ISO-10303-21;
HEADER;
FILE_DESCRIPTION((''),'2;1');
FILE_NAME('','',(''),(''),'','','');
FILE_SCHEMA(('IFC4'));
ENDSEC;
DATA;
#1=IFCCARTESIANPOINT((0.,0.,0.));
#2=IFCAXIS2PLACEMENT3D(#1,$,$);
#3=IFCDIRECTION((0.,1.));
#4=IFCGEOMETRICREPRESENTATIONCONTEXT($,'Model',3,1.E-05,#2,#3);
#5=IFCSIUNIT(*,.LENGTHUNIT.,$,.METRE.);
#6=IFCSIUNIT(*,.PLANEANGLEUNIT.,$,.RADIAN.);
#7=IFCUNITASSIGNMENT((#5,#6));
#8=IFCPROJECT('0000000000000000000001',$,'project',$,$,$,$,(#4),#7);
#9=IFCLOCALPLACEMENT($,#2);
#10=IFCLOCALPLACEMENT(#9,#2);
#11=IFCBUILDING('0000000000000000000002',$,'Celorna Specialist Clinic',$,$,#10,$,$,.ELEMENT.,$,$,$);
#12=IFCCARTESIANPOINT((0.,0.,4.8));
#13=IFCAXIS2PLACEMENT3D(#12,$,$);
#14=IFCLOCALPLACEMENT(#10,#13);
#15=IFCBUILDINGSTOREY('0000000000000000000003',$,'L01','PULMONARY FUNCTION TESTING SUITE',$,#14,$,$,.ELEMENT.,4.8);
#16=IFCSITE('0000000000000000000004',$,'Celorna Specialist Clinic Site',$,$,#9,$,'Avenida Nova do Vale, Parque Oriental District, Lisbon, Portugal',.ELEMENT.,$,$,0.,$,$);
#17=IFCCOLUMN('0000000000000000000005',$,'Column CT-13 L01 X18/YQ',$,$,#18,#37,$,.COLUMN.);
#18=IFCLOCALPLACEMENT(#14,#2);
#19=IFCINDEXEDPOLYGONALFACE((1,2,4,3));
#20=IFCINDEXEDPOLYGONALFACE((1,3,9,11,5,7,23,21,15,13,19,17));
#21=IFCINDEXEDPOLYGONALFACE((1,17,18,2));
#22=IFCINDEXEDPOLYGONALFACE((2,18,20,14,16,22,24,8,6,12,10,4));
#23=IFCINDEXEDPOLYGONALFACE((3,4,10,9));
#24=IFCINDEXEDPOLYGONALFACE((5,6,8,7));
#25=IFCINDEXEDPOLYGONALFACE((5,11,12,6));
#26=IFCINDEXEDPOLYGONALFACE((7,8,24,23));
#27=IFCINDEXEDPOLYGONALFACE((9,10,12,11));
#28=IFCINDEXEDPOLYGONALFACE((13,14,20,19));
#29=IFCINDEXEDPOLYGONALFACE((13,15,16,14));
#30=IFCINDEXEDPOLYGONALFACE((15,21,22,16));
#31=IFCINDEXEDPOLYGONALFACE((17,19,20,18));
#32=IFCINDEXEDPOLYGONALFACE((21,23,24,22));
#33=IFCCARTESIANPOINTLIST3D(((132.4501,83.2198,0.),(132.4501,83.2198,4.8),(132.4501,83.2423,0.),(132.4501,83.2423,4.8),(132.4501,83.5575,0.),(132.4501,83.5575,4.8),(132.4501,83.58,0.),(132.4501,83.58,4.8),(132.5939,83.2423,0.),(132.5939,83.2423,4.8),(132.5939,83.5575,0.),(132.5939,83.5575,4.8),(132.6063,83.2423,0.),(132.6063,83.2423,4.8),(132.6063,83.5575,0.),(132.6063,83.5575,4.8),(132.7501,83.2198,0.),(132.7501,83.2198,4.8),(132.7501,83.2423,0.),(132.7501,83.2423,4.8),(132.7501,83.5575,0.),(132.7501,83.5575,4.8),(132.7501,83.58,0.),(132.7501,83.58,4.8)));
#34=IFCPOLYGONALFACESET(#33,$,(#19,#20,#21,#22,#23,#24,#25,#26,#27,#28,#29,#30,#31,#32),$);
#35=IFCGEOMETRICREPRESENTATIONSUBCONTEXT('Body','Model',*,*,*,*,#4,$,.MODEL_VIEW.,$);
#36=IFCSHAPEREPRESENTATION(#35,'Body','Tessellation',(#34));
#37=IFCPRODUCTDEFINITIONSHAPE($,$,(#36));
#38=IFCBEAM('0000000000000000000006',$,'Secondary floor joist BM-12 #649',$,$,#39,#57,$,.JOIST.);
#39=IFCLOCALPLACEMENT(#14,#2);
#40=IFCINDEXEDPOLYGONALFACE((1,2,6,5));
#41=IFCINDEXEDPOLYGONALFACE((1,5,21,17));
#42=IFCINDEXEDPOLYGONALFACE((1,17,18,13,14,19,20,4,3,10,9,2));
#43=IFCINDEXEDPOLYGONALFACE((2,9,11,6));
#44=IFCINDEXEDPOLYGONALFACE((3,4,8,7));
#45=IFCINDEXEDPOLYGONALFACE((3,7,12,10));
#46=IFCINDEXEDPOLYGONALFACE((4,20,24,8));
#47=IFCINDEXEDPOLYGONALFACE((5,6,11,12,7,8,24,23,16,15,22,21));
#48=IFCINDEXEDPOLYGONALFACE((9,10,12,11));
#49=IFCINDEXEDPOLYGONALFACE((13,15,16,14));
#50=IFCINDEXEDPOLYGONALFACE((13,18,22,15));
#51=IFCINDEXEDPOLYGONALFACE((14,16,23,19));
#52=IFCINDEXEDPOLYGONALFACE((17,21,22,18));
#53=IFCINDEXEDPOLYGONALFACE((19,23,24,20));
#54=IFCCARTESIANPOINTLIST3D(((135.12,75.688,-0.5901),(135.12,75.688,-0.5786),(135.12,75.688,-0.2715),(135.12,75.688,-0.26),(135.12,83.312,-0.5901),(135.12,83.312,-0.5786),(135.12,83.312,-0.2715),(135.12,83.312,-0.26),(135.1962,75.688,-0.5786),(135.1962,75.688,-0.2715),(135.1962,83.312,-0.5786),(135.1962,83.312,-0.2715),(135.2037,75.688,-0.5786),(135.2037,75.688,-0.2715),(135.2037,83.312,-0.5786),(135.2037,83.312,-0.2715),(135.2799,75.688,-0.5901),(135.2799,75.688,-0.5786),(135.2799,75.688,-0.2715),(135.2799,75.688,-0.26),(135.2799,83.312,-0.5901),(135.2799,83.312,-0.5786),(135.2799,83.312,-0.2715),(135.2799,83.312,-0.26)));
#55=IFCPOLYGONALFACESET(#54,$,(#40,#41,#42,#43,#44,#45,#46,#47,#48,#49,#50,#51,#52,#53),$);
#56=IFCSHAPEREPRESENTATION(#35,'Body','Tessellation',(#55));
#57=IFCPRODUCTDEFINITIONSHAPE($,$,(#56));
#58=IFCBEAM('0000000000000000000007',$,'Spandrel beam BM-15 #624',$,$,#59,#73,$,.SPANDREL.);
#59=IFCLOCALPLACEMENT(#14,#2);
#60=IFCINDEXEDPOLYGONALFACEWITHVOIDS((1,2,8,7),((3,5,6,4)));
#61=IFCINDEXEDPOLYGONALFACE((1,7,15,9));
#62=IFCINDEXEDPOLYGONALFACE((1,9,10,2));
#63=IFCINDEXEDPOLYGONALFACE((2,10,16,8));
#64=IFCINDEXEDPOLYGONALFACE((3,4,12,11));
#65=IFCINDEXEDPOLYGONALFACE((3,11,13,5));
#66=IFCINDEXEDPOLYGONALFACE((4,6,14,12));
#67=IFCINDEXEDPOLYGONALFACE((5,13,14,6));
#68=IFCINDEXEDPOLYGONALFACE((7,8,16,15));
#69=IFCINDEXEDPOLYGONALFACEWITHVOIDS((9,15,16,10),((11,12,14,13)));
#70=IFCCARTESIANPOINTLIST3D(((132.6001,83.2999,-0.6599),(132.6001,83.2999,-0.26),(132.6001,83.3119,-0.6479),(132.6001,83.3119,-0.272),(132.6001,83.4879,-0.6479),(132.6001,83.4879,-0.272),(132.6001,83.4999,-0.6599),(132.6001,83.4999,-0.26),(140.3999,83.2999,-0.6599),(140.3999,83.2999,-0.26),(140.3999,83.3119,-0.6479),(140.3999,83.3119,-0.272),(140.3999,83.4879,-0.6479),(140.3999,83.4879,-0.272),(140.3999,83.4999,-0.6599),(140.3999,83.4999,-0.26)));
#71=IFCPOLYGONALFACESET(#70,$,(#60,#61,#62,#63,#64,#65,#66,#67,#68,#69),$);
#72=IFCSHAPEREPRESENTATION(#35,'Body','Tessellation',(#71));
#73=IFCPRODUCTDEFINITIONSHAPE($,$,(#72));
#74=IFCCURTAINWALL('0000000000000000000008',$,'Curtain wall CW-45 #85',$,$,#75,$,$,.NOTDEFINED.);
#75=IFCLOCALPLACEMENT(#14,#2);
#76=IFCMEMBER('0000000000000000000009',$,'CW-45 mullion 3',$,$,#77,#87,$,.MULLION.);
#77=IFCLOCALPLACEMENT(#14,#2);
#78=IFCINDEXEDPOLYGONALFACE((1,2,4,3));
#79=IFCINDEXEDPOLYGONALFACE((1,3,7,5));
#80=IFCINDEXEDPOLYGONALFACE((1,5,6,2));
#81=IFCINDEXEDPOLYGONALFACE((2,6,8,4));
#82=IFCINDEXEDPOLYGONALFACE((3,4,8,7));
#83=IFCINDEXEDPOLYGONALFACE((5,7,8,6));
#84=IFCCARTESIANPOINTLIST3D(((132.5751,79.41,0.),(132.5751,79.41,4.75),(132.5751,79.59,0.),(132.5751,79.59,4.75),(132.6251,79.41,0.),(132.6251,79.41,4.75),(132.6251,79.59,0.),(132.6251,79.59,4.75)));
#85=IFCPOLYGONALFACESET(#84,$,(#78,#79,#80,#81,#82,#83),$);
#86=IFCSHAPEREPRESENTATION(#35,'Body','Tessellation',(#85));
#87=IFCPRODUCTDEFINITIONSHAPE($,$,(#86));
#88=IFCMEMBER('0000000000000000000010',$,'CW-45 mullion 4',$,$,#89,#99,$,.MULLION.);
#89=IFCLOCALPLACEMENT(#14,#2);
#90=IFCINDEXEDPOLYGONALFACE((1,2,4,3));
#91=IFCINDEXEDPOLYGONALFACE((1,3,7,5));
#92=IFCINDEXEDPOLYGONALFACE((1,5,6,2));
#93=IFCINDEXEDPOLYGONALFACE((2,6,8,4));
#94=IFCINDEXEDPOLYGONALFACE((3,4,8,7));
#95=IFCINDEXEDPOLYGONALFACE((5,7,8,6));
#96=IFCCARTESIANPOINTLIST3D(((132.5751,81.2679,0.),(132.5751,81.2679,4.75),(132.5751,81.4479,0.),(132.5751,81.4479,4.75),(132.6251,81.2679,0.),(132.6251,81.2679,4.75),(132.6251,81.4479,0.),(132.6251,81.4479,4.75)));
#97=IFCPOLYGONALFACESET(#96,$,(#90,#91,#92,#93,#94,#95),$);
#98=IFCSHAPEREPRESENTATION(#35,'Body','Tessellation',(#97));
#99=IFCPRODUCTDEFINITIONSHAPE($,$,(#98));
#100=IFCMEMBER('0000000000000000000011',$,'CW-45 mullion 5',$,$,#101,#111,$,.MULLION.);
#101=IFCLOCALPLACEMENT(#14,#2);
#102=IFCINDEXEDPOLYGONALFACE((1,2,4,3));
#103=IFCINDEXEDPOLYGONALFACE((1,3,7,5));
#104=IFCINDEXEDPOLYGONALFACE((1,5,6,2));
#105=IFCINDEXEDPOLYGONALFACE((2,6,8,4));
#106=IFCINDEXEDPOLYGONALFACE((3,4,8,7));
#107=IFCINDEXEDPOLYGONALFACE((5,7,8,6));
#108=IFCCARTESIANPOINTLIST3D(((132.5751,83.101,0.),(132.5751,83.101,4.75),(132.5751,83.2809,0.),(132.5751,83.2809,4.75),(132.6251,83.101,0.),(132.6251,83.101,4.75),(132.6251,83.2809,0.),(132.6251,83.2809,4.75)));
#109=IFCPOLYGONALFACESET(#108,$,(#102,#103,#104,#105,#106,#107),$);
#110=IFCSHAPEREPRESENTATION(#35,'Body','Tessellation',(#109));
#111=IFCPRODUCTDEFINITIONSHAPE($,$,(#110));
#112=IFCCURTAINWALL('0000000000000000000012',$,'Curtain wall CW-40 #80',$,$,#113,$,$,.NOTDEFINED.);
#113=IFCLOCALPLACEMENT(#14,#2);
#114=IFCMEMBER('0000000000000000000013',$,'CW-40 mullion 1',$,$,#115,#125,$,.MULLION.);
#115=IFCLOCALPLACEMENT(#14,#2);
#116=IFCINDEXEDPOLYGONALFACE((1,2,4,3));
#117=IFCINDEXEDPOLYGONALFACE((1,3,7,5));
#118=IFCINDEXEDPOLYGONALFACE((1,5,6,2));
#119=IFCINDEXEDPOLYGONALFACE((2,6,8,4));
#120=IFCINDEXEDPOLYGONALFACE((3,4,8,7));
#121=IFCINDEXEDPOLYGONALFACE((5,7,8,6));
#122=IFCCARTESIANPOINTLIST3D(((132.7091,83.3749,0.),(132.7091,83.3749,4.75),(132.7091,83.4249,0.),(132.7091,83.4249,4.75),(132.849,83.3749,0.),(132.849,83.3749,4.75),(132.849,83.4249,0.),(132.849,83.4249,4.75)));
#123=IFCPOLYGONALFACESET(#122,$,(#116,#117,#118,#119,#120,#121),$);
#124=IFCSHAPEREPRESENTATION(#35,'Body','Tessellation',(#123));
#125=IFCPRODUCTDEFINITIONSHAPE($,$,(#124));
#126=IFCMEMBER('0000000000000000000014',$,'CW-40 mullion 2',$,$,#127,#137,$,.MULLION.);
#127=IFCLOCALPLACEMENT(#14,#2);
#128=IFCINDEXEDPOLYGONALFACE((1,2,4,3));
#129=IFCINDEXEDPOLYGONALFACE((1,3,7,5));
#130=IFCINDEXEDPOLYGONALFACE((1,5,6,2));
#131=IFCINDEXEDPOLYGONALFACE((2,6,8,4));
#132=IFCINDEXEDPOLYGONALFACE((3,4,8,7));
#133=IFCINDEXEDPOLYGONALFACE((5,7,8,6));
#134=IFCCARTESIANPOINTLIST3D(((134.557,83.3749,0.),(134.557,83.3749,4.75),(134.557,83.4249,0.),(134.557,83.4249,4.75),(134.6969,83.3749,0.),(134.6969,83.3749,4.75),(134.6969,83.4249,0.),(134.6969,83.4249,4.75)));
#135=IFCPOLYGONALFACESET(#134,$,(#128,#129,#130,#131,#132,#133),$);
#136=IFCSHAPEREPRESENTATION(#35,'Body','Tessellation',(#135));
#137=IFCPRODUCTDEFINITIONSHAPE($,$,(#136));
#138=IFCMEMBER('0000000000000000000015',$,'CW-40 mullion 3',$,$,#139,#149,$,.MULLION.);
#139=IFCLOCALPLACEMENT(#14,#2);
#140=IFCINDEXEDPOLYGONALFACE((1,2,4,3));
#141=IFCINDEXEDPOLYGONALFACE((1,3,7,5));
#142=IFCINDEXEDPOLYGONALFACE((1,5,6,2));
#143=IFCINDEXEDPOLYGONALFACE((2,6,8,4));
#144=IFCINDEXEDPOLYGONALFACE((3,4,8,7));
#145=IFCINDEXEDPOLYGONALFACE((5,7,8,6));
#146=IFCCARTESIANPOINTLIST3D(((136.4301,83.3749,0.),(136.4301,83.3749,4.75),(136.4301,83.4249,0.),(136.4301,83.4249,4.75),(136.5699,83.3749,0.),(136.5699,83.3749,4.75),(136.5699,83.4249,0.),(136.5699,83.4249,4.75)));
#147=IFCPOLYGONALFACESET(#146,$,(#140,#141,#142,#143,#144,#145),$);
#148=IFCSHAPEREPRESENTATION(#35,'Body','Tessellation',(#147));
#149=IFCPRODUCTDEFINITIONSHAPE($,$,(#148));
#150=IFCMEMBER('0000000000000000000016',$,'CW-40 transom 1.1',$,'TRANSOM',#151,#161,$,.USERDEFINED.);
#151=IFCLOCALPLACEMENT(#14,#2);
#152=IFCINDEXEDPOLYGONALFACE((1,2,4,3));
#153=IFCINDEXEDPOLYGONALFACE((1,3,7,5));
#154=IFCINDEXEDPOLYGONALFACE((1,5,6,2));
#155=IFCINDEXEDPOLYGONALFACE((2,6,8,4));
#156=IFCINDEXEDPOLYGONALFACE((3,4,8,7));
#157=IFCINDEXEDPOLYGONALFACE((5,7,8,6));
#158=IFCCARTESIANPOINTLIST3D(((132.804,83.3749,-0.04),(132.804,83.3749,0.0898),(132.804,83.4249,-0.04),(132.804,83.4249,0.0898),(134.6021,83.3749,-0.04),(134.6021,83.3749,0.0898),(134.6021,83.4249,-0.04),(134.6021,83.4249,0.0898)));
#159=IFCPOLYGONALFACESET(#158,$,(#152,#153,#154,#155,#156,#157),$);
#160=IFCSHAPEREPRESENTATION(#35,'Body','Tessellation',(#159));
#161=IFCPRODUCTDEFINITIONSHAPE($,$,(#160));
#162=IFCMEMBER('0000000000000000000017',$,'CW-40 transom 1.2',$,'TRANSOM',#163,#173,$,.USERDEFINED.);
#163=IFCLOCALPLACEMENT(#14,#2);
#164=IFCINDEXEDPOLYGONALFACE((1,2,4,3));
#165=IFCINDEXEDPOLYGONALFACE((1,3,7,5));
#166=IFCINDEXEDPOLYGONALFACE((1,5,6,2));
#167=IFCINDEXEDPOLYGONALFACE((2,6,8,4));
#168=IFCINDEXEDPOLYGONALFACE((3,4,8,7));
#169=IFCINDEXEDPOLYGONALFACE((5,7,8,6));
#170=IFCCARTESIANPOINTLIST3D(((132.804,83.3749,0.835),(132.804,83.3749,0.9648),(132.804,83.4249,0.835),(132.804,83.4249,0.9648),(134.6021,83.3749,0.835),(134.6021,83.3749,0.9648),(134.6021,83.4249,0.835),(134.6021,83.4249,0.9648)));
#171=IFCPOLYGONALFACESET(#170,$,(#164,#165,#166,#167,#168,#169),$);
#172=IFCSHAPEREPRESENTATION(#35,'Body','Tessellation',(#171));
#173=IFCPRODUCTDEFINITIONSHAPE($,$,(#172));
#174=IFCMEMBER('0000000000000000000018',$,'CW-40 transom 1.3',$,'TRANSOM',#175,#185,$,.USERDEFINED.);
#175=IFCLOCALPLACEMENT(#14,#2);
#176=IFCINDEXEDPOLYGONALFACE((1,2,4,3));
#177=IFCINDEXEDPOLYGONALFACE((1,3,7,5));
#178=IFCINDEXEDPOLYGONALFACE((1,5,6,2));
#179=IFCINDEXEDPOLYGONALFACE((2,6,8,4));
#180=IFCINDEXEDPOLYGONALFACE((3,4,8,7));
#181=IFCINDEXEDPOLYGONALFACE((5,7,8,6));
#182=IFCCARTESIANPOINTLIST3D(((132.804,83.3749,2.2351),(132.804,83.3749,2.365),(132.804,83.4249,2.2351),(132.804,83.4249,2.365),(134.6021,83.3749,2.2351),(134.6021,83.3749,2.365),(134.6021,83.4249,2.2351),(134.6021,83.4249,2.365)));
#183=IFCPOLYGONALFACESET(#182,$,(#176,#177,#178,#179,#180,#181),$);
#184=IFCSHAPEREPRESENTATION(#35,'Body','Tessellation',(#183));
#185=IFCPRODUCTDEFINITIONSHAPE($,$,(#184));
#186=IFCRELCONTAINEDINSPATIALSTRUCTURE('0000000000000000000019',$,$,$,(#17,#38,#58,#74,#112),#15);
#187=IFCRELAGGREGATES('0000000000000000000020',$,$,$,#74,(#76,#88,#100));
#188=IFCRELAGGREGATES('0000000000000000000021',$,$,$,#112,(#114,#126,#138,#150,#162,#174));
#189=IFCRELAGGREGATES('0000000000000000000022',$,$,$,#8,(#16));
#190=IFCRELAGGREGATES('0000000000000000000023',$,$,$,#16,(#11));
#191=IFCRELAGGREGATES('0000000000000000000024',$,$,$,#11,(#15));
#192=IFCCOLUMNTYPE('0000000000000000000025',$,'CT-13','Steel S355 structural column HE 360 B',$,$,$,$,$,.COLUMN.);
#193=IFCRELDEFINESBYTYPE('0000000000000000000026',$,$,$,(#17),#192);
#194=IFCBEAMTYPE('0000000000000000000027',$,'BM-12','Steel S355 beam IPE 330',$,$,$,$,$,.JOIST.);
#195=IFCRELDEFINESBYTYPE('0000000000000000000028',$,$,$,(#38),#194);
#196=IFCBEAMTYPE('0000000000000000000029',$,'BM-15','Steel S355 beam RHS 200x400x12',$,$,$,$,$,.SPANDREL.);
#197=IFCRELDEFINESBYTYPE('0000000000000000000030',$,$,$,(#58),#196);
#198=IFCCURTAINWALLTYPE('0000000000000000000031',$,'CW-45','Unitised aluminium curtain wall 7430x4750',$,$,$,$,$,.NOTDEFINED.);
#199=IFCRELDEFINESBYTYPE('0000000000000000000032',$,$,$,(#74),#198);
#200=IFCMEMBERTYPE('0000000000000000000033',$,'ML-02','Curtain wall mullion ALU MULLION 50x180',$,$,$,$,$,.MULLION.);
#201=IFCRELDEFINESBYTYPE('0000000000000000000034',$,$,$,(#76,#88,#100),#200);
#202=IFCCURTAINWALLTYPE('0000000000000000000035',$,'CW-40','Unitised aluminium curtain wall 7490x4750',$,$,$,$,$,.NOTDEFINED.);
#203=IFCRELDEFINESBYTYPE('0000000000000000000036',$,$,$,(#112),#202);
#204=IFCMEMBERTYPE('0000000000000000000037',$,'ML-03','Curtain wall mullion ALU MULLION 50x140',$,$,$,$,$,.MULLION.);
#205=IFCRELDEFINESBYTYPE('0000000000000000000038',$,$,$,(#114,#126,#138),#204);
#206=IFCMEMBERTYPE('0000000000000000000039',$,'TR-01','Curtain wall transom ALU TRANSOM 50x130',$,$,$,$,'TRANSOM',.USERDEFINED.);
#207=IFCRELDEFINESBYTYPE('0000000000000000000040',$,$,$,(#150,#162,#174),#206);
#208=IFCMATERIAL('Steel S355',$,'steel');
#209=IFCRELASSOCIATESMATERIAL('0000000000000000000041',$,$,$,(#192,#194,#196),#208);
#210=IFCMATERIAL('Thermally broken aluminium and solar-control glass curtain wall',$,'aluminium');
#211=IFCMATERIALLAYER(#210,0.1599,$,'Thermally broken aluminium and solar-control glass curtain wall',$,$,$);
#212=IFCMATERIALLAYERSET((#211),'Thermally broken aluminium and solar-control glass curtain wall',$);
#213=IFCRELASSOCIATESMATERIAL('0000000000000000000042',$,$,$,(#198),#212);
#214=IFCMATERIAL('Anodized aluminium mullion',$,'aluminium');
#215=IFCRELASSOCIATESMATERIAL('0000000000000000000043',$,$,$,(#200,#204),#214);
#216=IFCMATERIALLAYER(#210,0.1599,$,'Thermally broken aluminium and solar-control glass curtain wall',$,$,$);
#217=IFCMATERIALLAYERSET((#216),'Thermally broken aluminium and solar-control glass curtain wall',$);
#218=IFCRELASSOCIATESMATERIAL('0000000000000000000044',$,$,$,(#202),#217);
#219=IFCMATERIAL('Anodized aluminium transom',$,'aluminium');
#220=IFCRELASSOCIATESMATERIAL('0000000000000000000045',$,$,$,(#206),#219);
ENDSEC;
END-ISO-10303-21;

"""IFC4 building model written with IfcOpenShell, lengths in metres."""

from ifc_helpers import new_model, si_unit, direction, frame, origin, origin_2d, place, context, subcontext, project, spatial, rectangle, hollow_rectangle, i_section, extrude, material, layer, layer_set, material_profile, profile_set, type_object, element, aggregate, save


model = new_model("IFC4")

# Units and contexts
model_context = context("Model", 3, precision=1e-05, world=origin(), true_north=direction((0.0, 1.0)))
body_context = subcontext(model_context, "Body", "Model", "MODEL_VIEW")
ifc_project = project(units=[si_unit("LENGTHUNIT", "METRE"), si_unit("PLANEANGLEUNIT", "RADIAN")], contexts=[model_context])

# Site, building, storey
site_placement = place(None, origin())
site = spatial("IfcSite", under=ifc_project, at=site_placement, Name="Celorna Specialist Clinic Site", LongName="Avenida Nova do Vale, Parque Oriental District, Lisbon, Portugal", CompositionType="ELEMENT", RefElevation=0.0)
building_placement = place(site_placement, origin())
building = spatial("IfcBuilding", under=site, at=building_placement, Name="Celorna Specialist Clinic", CompositionType="ELEMENT")
storey_placement = place(building_placement, frame((0.0, 0.0, 4.8)))
storey = spatial("IfcBuildingStorey", under=building, at=storey_placement, Name="L01", Description="PULMONARY FUNCTION TESTING SUITE", CompositionType="ELEMENT", Elevation=4.8)

# Column
ifc_material_1 = material(Name="Steel S355", Category="steel")
ifc_material_profile_1 = material_profile(ifc_material_1, i_section(OverallWidth=0.3, OverallDepth=0.3601, WebThickness=0.0125, FlangeThickness=0.0225, at=origin_2d()), Name="HE 360 B")
ifc_profile_set_1 = profile_set([ifc_material_profile_1], Name="Steel S355")
column_type = type_object("IfcColumnType", Name="CT-13", Description="Steel S355 structural column HE 360 B", PredefinedType="COLUMN", material=ifc_profile_set_1)
column_placement = place(storey_placement, frame((132.6001, 83.3999, 0.0), z_axis=(0.0, 0.0, 1.0), x_axis=(1.0, 0.0, 0.0)))
element("IfcColumn", 1, at=column_placement, inside=storey, type_object=column_type, Name="Column CT-13 L01 X18/YQ", PredefinedType="COLUMN", context=body_context, shape_type="SweptSolid", body=[
    extrude(i_section(OverallWidth=0.3, OverallDepth=0.3601, WebThickness=0.0125, FlangeThickness=0.0225, at=origin_2d()), origin(), (0.0, 0.0, 1.0), 4.8),
])

# Beams
ifc_material_profile_2 = material_profile(ifc_material_1, i_section(OverallWidth=0.1599, OverallDepth=0.3301, WebThickness=0.0076, FlangeThickness=0.0115, at=origin_2d()), Name="IPE 330")
ifc_profile_set_2 = profile_set([ifc_material_profile_2], Name="Steel S355")
beam_type_1 = type_object("IfcBeamType", Name="BM-12", Description="Steel S355 beam IPE 330", PredefinedType="JOIST", material=ifc_profile_set_2)
beam_1_placement = place(storey_placement, frame((135.2, 75.688, -0.425), z_axis=(0.0, 1.0, 0.0), x_axis=(-1.0, 0.0, 0.0)))
element("IfcBeam", 2, at=beam_1_placement, inside=storey, type_object=beam_type_1, Name="Secondary floor joist BM-12 #649", PredefinedType="JOIST", context=body_context, shape_type="SweptSolid", body=[
    extrude(i_section(OverallWidth=0.1599, OverallDepth=0.3301, WebThickness=0.0076, FlangeThickness=0.0115, at=origin_2d()), origin(), (0.0, 0.0, 1.0), 7.624),
])
ifc_material_profile_3 = material_profile(ifc_material_1, hollow_rectangle(XDim=0.2, YDim=0.3999, WallThickness=0.012, at=origin_2d()), Name="RHS 200x400x12")
ifc_profile_set_3 = profile_set([ifc_material_profile_3], Name="Steel S355")
beam_type_2 = type_object("IfcBeamType", Name="BM-15", Description="Steel S355 beam RHS 200x400x12", PredefinedType="SPANDREL", material=ifc_profile_set_3)
beam_2_placement = place(storey_placement, frame((132.6001, 83.3999, -0.46), z_axis=(1.0, 0.0, 0.0), x_axis=(0.0, 1.0, 0.0)))
element("IfcBeam", 3, at=beam_2_placement, inside=storey, type_object=beam_type_2, Name="Spandrel beam BM-15 #624", PredefinedType="SPANDREL", context=body_context, shape_type="SweptSolid", body=[
    extrude(hollow_rectangle(XDim=0.2, YDim=0.3999, WallThickness=0.012, at=origin_2d()), origin(), (0.0, 0.0, 1.0), 7.7998),
])

# Curtain walls, members
ifc_material_2 = material(Name="Thermally broken aluminium and solar-control glass curtain wall", Category="aluminium")
ifc_layer_1 = layer(ifc_material_2, 0.1599, Name="Thermally broken aluminium and solar-control glass curtain wall")
ifc_layer_set_1 = layer_set([ifc_layer_1], Name="Thermally broken aluminium and solar-control glass curtain wall")
curtain_wall_type_1 = type_object("IfcCurtainWallType", Name="CW-45", Description="Unitised aluminium curtain wall 7430x4750", PredefinedType="NOTDEFINED", material=ifc_layer_set_1)
curtain_wall_1_placement = place(storey_placement, origin())
curtain_wall_1 = element("IfcCurtainWall", 4, at=curtain_wall_1_placement, inside=storey, type_object=curtain_wall_type_1, Name="Curtain wall CW-45 #85", PredefinedType="NOTDEFINED")
ifc_material_3 = material(Name="Anodized aluminium mullion", Category="aluminium")
ifc_material_profile_4 = material_profile(ifc_material_3, rectangle(XDim=0.05, YDim=0.1799, at=origin_2d()), Name="ALU MULLION 50x180")
ifc_profile_set_4 = profile_set([ifc_material_profile_4], Name="Anodized aluminium mullion")
member_type_1 = type_object("IfcMemberType", Name="ML-02", Description="Curtain wall mullion ALU MULLION 50x180", PredefinedType="MULLION", material=ifc_profile_set_4)
member_1_placement = place(storey_placement, frame((132.6001, 79.5, 0.0), z_axis=(0.0, 0.0, 1.0), x_axis=(-1.0, 0.0, 0.0)))
member_1 = element("IfcMember", 5, at=member_1_placement, type_object=member_type_1, Name="CW-45 mullion 3", PredefinedType="MULLION", context=body_context, shape_type="SweptSolid", body=[
    extrude(rectangle(XDim=0.05, YDim=0.1799, at=origin_2d()), origin(), (0.0, 0.0, 1.0), 4.75),
])
member_2_placement = place(storey_placement, frame((132.6001, 81.3579, 0.0), z_axis=(0.0, 0.0, 1.0), x_axis=(-1.0, 0.0, 0.0)))
member_2 = element("IfcMember", 6, at=member_2_placement, type_object=member_type_1, Name="CW-45 mullion 4", PredefinedType="MULLION", context=body_context, shape_type="SweptSolid", body=[
    extrude(rectangle(XDim=0.05, YDim=0.1799, at=origin_2d()), origin(), (0.0, 0.0, 1.0), 4.75),
])
member_3_placement = place(storey_placement, frame((132.6001, 83.1909, 0.0), z_axis=(0.0, 0.0, 1.0), x_axis=(-1.0, 0.0, 0.0)))
member_3 = element("IfcMember", 7, at=member_3_placement, type_object=member_type_1, Name="CW-45 mullion 5", PredefinedType="MULLION", context=body_context, shape_type="SweptSolid", body=[
    extrude(rectangle(XDim=0.05, YDim=0.1799, at=origin_2d()), origin(), (0.0, 0.0, 1.0), 4.75),
])
ifc_layer_2 = layer(ifc_material_2, 0.1599, Name="Thermally broken aluminium and solar-control glass curtain wall")
ifc_layer_set_2 = layer_set([ifc_layer_2], Name="Thermally broken aluminium and solar-control glass curtain wall")
curtain_wall_type_2 = type_object("IfcCurtainWallType", Name="CW-40", Description="Unitised aluminium curtain wall 7490x4750", PredefinedType="NOTDEFINED", material=ifc_layer_set_2)
curtain_wall_2_placement = place(storey_placement, origin())
curtain_wall_2 = element("IfcCurtainWall", 8, at=curtain_wall_2_placement, inside=storey, type_object=curtain_wall_type_2, Name="Curtain wall CW-40 #80", PredefinedType="NOTDEFINED")
ifc_material_profile_5 = material_profile(ifc_material_3, rectangle(XDim=0.05, YDim=0.1399, at=origin_2d()), Name="ALU MULLION 50x140")
ifc_profile_set_5 = profile_set([ifc_material_profile_5], Name="Anodized aluminium mullion")
member_type_2 = type_object("IfcMemberType", Name="ML-03", Description="Curtain wall mullion ALU MULLION 50x140", PredefinedType="MULLION", material=ifc_profile_set_5)
member_4_placement = place(storey_placement, frame((132.7791, 83.3999, 0.0), z_axis=(0.0, 0.0, 1.0), x_axis=(0.0, 1.0, 0.0)))
member_4 = element("IfcMember", 9, at=member_4_placement, type_object=member_type_2, Name="CW-40 mullion 1", PredefinedType="MULLION", context=body_context, shape_type="SweptSolid", body=[
    extrude(rectangle(XDim=0.05, YDim=0.1399, at=origin_2d()), origin(), (0.0, 0.0, 1.0), 4.75),
])
member_5_placement = place(storey_placement, frame((134.627, 83.3999, 0.0), z_axis=(0.0, 0.0, 1.0), x_axis=(0.0, 1.0, 0.0)))
member_5 = element("IfcMember", 10, at=member_5_placement, type_object=member_type_2, Name="CW-40 mullion 2", PredefinedType="MULLION", context=body_context, shape_type="SweptSolid", body=[
    extrude(rectangle(XDim=0.05, YDim=0.1399, at=origin_2d()), origin(), (0.0, 0.0, 1.0), 4.75),
])
member_6_placement = place(storey_placement, frame((136.5, 83.3999, 0.0), z_axis=(0.0, 0.0, 1.0), x_axis=(0.0, 1.0, 0.0)))
member_6 = element("IfcMember", 11, at=member_6_placement, type_object=member_type_2, Name="CW-40 mullion 3", PredefinedType="MULLION", context=body_context, shape_type="SweptSolid", body=[
    extrude(rectangle(XDim=0.05, YDim=0.1399, at=origin_2d()), origin(), (0.0, 0.0, 1.0), 4.75),
])
ifc_material_4 = material(Name="Anodized aluminium transom", Category="aluminium")
ifc_material_profile_6 = material_profile(ifc_material_4, rectangle(XDim=0.05, YDim=0.1299, at=origin_2d()), Name="ALU TRANSOM 50x130")
ifc_profile_set_6 = profile_set([ifc_material_profile_6], Name="Anodized aluminium transom")
member_type_3 = type_object("IfcMemberType", Name="TR-01", Description="Curtain wall transom ALU TRANSOM 50x130", ElementType="TRANSOM", PredefinedType="USERDEFINED", material=ifc_profile_set_6)
member_7_placement = place(storey_placement, frame((132.804, 83.3999, 0.0249), z_axis=(1.0, 0.0, 0.0), x_axis=(0.0, 1.0, 0.0)))
member_7 = element("IfcMember", 12, at=member_7_placement, type_object=member_type_3, Name="CW-40 transom 1.1", ObjectType="TRANSOM", PredefinedType="USERDEFINED", context=body_context, shape_type="SweptSolid", body=[
    extrude(rectangle(XDim=0.05, YDim=0.1299, at=origin_2d()), origin(), (0.0, 0.0, 1.0), 1.7981),
])
member_8_placement = place(storey_placement, frame((132.804, 83.3999, 0.8999), z_axis=(1.0, 0.0, 0.0), x_axis=(0.0, 1.0, 0.0)))
member_8 = element("IfcMember", 13, at=member_8_placement, type_object=member_type_3, Name="CW-40 transom 1.2", ObjectType="TRANSOM", PredefinedType="USERDEFINED", context=body_context, shape_type="SweptSolid", body=[
    extrude(rectangle(XDim=0.05, YDim=0.1299, at=origin_2d()), origin(), (0.0, 0.0, 1.0), 1.7981),
])
member_9_placement = place(storey_placement, frame((132.804, 83.3999, 2.3), z_axis=(1.0, 0.0, 0.0), x_axis=(0.0, 1.0, 0.0)))
member_9 = element("IfcMember", 14, at=member_9_placement, type_object=member_type_3, Name="CW-40 transom 1.3", ObjectType="TRANSOM", PredefinedType="USERDEFINED", context=body_context, shape_type="SweptSolid", body=[
    extrude(rectangle(XDim=0.05, YDim=0.1299, at=origin_2d()), origin(), (0.0, 0.0, 1.0), 1.7981),
])

aggregate(curtain_wall_1, [member_1, member_2, member_3])
aggregate(curtain_wall_2, [member_4, member_5, member_6, member_7, member_8, member_9])

save(model, "model.ifc")
